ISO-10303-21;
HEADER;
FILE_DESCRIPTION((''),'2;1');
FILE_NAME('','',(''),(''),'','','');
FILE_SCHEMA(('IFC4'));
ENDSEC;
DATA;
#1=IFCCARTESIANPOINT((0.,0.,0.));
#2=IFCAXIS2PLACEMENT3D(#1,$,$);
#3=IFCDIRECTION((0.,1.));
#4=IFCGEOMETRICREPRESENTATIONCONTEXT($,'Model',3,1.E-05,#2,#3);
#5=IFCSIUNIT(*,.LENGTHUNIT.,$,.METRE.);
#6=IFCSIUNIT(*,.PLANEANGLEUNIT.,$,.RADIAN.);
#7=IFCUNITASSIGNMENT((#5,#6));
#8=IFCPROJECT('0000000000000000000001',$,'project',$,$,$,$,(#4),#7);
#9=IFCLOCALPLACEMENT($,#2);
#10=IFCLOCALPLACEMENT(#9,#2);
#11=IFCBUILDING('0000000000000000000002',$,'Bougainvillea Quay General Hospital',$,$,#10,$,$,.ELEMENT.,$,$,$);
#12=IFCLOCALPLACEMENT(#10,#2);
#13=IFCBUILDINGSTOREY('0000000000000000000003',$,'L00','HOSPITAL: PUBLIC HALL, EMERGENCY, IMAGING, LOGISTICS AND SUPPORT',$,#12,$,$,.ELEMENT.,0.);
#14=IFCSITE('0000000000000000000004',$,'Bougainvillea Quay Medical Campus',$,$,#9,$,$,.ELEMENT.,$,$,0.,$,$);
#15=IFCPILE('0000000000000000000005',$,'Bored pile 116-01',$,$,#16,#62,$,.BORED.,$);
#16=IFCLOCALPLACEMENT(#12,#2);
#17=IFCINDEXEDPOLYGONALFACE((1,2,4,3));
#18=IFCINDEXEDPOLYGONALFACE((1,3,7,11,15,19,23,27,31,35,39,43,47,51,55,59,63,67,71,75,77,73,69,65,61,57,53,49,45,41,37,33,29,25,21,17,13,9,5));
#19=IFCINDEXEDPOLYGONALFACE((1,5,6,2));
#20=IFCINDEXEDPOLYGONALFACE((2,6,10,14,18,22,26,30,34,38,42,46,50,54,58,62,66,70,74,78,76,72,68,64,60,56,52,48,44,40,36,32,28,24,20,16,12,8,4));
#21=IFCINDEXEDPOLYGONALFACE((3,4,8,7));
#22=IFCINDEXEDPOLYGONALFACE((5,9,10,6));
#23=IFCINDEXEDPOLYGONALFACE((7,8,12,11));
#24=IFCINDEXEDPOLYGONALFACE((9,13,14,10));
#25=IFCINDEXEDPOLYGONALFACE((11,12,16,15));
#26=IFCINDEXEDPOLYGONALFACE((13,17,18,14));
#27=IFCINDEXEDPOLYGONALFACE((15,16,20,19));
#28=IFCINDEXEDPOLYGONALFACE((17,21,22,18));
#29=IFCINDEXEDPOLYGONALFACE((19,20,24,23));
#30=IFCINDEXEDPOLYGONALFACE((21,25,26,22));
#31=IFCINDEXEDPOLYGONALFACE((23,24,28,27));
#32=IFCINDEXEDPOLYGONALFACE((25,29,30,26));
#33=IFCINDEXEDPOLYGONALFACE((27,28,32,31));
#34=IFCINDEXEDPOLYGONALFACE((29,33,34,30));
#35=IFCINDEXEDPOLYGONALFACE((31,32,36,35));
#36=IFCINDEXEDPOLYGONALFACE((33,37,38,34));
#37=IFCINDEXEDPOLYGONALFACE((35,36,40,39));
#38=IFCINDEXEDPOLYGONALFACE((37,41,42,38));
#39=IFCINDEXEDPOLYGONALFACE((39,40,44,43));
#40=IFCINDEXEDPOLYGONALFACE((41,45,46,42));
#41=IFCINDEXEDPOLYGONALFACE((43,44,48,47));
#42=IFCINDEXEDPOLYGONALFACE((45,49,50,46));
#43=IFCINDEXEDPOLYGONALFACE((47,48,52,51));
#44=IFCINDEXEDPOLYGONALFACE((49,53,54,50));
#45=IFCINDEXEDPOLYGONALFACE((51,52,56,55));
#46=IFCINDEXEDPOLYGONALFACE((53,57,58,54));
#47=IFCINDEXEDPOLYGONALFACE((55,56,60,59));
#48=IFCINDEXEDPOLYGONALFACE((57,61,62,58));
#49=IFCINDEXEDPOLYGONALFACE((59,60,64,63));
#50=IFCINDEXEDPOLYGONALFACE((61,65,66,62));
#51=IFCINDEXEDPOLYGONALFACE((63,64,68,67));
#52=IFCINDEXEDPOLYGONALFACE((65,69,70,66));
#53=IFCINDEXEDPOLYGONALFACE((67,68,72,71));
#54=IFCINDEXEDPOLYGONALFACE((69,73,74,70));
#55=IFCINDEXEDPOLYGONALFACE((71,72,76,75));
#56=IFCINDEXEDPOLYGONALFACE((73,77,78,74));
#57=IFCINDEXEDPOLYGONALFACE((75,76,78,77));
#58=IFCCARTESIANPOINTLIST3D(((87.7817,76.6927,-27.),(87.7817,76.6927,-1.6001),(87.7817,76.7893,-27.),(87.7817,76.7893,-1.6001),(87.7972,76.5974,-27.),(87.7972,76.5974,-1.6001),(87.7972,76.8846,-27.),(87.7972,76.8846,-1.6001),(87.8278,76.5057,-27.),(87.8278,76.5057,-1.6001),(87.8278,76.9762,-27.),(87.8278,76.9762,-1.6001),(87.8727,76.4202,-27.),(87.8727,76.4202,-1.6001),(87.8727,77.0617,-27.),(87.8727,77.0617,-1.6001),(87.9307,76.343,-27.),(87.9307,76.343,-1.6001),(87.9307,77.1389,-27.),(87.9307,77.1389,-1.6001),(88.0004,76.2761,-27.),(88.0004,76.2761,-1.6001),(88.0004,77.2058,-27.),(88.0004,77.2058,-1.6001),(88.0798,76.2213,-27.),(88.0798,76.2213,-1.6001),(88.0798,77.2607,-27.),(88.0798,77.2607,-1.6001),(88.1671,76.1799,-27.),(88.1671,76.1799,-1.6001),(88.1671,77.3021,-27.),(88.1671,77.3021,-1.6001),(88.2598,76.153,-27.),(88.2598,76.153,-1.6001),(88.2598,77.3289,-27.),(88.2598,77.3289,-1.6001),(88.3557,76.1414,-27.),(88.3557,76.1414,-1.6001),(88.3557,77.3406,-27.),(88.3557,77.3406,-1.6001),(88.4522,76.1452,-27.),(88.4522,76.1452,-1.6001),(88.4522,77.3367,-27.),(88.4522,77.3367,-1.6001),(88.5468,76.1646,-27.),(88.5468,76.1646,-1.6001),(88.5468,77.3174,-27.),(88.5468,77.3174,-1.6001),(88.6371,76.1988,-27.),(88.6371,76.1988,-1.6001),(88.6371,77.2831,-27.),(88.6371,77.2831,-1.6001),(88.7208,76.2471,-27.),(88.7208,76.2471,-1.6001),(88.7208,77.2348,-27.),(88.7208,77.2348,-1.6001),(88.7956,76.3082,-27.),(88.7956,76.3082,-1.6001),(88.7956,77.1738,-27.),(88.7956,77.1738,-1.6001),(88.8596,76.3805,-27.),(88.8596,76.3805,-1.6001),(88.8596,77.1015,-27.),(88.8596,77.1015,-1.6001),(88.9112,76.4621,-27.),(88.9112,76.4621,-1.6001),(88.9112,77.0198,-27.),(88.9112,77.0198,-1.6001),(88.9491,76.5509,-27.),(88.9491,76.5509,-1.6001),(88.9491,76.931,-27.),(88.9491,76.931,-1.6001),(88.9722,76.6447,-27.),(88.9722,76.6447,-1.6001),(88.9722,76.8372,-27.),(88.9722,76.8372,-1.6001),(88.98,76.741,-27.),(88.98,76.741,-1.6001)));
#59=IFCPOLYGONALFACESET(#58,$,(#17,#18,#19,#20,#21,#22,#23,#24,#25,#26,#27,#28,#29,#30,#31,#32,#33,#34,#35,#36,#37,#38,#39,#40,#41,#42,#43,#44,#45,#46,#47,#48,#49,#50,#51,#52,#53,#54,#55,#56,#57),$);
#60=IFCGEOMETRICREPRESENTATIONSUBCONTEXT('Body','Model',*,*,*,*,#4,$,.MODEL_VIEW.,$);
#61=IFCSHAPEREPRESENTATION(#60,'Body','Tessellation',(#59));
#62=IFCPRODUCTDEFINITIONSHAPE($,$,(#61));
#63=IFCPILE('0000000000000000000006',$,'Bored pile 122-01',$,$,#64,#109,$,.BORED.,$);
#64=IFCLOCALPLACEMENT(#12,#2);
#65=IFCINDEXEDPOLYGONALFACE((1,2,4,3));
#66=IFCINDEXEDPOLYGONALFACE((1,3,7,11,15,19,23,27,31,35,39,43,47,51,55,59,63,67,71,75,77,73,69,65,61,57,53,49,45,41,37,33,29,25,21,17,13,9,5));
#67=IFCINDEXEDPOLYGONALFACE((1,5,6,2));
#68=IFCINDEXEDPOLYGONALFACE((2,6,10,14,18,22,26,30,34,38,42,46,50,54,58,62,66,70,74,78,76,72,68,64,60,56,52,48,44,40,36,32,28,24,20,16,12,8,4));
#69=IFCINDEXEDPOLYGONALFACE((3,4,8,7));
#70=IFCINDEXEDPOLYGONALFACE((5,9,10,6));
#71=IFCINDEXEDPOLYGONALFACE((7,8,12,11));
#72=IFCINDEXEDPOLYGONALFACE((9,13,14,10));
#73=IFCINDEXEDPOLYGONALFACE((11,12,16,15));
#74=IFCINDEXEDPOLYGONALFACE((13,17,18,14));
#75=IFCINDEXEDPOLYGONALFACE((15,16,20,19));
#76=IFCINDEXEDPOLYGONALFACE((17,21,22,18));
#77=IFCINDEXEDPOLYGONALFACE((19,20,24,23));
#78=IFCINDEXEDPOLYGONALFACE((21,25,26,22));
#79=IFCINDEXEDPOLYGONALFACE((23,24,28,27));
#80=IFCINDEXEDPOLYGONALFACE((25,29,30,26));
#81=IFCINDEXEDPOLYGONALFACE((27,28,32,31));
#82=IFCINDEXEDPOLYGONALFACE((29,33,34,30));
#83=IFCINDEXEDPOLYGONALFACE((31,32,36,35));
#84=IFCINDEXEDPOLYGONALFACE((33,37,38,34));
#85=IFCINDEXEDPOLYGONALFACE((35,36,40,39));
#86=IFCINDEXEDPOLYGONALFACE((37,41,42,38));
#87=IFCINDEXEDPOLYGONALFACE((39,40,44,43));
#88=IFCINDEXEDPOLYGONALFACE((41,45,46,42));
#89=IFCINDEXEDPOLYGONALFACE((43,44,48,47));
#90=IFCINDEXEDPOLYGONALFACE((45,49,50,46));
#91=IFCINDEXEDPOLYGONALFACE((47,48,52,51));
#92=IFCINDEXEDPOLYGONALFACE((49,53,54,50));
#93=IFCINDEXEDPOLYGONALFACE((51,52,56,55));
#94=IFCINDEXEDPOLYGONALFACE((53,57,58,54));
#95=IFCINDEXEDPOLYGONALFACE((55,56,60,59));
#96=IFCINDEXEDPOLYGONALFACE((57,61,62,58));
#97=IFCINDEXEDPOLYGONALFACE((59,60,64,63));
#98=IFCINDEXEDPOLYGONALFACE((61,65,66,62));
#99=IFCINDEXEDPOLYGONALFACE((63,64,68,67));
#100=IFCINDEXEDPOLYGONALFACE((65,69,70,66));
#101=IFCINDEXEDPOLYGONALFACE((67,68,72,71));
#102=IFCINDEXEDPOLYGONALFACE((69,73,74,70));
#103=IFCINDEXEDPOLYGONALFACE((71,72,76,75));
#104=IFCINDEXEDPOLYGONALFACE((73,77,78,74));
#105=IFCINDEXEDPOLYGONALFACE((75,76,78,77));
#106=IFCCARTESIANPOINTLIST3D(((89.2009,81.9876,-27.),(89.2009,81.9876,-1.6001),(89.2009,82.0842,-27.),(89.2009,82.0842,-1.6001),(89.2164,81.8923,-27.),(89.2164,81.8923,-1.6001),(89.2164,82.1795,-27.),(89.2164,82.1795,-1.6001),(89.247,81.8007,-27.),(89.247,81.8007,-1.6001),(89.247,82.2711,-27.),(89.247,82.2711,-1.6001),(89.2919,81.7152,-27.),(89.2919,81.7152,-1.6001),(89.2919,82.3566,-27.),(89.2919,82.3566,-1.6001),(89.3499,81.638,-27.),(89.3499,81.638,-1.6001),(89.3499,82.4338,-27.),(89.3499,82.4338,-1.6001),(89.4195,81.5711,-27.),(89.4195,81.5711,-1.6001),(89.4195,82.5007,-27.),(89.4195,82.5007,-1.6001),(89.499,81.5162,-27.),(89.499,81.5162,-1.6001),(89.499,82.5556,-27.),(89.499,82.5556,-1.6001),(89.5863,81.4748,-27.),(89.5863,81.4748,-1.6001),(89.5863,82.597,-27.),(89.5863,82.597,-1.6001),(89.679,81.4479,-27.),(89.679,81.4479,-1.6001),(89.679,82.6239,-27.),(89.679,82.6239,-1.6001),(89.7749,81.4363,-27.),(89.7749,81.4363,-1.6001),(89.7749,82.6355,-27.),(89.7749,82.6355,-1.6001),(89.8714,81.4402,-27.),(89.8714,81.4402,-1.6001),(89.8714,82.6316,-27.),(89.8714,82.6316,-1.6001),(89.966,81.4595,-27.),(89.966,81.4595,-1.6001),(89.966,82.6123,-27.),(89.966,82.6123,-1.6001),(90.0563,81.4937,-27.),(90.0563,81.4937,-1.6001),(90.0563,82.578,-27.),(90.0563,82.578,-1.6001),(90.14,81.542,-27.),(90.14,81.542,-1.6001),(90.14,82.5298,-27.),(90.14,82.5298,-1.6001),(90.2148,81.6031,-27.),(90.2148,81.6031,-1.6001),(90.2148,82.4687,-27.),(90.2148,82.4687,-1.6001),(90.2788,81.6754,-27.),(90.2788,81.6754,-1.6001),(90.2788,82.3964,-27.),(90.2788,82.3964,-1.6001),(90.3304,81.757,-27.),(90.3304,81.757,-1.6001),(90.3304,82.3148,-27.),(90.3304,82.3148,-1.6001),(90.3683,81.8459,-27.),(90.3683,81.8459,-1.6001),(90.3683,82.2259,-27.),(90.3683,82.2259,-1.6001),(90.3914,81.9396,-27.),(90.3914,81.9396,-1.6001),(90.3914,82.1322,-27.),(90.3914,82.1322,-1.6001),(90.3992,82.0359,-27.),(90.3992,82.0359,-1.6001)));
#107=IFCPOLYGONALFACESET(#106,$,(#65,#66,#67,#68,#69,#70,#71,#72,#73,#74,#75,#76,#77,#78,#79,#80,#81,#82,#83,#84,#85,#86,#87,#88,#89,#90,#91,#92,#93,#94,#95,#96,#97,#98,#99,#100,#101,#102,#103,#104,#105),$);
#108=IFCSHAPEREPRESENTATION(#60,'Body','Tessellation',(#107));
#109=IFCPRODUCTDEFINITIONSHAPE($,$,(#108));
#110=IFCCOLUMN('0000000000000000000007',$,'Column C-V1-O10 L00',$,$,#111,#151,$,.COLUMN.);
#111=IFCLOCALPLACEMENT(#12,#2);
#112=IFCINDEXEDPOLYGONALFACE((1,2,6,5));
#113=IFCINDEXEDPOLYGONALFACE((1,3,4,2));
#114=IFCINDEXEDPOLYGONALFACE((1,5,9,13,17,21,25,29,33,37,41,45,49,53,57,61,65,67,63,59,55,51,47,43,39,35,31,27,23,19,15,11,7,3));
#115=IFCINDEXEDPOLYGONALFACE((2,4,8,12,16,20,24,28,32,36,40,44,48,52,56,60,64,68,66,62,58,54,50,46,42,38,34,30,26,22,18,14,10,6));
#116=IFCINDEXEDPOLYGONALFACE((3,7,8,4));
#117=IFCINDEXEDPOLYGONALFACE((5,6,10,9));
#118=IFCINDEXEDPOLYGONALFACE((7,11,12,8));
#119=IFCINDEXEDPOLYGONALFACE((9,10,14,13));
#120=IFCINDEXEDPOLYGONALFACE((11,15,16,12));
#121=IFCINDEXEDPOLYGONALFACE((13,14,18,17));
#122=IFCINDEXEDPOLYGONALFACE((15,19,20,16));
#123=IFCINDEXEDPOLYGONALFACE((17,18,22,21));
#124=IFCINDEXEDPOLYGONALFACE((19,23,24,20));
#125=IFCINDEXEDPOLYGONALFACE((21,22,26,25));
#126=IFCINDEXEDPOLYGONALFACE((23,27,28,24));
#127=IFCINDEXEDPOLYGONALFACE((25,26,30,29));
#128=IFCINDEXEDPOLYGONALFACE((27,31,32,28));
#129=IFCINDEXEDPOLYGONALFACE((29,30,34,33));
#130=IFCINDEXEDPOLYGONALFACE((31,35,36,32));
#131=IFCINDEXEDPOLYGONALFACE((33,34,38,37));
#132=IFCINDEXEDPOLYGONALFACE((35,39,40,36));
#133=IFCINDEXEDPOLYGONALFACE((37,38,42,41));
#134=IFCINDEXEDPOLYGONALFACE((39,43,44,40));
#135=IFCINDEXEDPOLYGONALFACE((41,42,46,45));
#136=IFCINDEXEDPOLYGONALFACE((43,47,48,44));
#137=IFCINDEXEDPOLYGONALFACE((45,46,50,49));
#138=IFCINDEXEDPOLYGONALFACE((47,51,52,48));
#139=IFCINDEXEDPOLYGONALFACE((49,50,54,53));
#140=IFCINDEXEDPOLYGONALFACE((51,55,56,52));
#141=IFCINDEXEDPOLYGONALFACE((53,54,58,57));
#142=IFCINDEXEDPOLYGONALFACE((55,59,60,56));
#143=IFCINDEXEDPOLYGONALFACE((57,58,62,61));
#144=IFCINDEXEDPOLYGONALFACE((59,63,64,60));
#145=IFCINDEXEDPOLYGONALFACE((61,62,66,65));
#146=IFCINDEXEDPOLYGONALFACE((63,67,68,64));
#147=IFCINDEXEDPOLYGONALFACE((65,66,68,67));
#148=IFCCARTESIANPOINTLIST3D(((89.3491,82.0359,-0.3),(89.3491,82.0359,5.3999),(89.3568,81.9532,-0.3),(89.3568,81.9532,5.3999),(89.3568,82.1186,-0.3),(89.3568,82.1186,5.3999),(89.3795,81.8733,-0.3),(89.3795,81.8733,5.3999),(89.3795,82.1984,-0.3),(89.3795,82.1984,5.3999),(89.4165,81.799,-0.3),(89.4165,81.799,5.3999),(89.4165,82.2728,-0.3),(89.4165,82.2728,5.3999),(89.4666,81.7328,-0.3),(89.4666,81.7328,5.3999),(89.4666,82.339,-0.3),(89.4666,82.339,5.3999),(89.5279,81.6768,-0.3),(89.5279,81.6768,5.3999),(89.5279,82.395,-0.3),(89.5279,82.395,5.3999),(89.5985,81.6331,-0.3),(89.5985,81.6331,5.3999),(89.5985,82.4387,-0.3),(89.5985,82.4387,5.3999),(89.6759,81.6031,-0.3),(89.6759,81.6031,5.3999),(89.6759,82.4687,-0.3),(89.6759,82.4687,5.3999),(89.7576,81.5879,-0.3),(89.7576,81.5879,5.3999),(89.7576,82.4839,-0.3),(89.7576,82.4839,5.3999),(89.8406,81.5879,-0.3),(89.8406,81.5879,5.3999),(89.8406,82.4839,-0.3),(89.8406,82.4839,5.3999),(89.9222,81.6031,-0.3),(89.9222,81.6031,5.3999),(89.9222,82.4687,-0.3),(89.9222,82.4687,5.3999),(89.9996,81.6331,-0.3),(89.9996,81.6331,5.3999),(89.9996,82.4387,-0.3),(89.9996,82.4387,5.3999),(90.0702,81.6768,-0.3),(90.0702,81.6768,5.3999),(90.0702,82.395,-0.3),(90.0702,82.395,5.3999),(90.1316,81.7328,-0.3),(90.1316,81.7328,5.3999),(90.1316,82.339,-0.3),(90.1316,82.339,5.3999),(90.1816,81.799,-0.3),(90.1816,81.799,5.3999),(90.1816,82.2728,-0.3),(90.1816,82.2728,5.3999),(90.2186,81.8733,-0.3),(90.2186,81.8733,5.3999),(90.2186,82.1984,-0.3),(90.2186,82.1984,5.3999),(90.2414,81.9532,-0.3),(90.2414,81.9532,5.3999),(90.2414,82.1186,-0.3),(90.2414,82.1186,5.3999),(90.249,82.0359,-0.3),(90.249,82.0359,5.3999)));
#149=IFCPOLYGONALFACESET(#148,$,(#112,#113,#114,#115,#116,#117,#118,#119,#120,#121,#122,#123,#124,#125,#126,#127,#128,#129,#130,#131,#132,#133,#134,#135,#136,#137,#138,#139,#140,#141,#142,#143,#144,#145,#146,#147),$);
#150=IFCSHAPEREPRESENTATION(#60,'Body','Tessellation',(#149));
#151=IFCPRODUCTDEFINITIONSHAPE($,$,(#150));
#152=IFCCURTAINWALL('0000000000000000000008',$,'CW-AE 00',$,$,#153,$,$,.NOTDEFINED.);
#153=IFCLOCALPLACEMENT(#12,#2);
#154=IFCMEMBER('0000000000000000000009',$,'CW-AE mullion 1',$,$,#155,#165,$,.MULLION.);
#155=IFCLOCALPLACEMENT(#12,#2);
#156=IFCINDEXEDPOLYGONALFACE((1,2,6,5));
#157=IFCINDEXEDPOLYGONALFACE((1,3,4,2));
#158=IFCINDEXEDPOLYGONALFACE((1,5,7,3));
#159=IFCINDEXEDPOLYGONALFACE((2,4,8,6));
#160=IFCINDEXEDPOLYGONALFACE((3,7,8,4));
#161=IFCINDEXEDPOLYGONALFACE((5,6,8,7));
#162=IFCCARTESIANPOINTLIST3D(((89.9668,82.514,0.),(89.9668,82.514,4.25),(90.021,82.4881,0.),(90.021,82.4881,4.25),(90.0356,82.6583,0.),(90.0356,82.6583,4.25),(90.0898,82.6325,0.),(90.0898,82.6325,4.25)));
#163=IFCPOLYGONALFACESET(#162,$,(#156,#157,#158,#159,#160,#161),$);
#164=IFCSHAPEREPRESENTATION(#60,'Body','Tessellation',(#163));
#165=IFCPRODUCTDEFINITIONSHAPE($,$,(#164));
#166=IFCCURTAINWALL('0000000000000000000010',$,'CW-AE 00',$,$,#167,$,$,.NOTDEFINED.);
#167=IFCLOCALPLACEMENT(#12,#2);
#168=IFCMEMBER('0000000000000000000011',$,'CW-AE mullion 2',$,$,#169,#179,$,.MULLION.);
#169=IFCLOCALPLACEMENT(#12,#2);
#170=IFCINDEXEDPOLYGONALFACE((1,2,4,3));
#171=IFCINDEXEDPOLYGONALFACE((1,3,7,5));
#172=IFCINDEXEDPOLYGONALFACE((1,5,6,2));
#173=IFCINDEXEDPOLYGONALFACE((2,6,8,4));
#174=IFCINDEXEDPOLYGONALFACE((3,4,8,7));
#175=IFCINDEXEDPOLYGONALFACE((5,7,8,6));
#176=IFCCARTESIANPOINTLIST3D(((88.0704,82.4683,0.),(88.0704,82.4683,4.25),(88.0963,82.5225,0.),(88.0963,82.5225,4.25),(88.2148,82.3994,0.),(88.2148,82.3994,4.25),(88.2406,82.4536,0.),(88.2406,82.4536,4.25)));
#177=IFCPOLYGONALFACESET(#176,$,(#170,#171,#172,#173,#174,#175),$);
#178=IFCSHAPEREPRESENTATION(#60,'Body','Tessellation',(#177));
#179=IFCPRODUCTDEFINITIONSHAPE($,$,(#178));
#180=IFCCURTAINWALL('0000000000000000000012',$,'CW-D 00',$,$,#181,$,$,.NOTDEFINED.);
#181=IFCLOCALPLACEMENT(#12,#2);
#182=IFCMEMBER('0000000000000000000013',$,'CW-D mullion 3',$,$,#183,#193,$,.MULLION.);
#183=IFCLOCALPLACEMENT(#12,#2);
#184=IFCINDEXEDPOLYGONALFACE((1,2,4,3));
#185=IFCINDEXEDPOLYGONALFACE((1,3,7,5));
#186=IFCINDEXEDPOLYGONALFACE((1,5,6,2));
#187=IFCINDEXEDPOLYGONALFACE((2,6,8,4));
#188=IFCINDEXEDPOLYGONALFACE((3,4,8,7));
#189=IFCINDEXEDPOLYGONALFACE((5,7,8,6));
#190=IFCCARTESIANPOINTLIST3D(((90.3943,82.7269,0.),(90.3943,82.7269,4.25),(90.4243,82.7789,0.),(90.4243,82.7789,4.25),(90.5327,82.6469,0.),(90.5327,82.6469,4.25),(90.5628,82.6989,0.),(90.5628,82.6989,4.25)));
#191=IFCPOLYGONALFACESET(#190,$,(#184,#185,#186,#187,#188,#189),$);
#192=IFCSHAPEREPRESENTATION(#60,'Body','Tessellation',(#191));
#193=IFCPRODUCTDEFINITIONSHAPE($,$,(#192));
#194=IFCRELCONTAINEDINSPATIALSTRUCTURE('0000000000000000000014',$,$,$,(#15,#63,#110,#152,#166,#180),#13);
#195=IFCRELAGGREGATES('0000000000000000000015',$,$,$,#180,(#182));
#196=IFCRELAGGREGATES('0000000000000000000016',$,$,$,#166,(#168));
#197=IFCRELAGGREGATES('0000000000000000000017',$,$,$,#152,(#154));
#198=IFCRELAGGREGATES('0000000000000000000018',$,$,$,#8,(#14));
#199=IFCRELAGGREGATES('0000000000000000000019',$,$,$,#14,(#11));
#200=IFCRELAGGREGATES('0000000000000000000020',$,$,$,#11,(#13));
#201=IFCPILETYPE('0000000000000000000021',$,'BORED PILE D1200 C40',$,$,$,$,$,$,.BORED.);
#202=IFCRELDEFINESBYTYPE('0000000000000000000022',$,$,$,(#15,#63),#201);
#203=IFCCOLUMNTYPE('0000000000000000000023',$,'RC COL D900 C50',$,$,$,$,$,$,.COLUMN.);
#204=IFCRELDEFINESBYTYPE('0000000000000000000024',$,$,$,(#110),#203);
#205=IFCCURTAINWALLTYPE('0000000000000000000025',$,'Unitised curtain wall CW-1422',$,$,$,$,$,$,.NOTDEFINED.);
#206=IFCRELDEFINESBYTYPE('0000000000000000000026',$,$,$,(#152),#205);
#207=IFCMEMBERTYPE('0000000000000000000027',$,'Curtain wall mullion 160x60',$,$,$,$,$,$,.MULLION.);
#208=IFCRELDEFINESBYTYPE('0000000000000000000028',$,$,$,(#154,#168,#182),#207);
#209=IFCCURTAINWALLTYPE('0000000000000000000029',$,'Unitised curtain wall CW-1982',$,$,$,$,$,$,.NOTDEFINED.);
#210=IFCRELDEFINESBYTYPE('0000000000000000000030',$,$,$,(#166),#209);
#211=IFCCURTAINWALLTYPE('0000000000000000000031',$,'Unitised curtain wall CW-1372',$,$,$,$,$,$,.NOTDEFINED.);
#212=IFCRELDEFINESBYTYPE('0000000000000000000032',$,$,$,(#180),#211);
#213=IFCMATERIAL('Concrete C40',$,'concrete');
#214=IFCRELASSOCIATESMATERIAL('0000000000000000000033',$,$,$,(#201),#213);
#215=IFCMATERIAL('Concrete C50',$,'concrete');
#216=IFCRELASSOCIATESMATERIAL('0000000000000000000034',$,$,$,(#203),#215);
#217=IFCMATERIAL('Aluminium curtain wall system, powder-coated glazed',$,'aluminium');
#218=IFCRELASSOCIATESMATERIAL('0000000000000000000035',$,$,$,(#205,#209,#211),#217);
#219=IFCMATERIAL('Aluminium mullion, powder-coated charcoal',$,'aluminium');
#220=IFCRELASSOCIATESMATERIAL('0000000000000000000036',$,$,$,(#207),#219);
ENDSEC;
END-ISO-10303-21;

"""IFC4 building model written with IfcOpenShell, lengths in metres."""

from ifc_helpers import new_model, si_unit, direction, frame, origin, origin_2d, place, context, subcontext, project, spatial, rectangle, circle, extrude, material, material_profile, profile_set, type_object, element, aggregate, save


model = new_model("IFC4")

# Units and contexts
model_context = context("Model", 3, precision=1e-05, world=origin(), true_north=direction((0.0, 1.0)))
body_context = subcontext(model_context, "Body", "Model", "MODEL_VIEW")
ifc_project = project(units=[si_unit("LENGTHUNIT", "METRE"), si_unit("PLANEANGLEUNIT", "RADIAN")], contexts=[model_context])

# Site, building, storey
site_placement = place(None, origin())
site = spatial("IfcSite", under=ifc_project, at=site_placement, Name="Bougainvillea Quay Medical Campus", CompositionType="ELEMENT", RefElevation=0.0)
building_placement = place(site_placement, origin())
building = spatial("IfcBuilding", under=site, at=building_placement, Name="Bougainvillea Quay General Hospital", CompositionType="ELEMENT")
storey_placement = place(building_placement, origin())
storey = spatial("IfcBuildingStorey", under=building, at=storey_placement, Name="L00", Description="HOSPITAL: PUBLIC HALL, EMERGENCY, IMAGING, LOGISTICS AND SUPPORT", CompositionType="ELEMENT", Elevation=0.0)

# Piles
ifc_material_1 = material(Name="Concrete C40", Category="concrete")
ifc_material_profile_1 = material_profile(ifc_material_1, circle(Radius=0.6001, at=origin_2d()))
ifc_profile_set_1 = profile_set([ifc_material_profile_1], Name="Concrete C40")
pile_type = type_object("IfcPileType", Name="BORED PILE D1200 C40", PredefinedType="BORED", material=ifc_profile_set_1)
for number, where, z_axis, x_axis, name in (
    (1, (88.3799, 76.741, -1.6001), (0.0, 0.0, -1.0), (1.0, 0.0, 0.0), "Bored pile 116-01"),
    (2, (89.7991, 82.0359, -1.6001), (0.0, 0.0, -1.0), (1.0, 0.0, 0.0), "Bored pile 122-01"),
):
    element("IfcPile", number, at=place(storey_placement, frame(where, z_axis=z_axis, x_axis=x_axis)), inside=storey, type_object=pile_type, Name=name, PredefinedType="BORED", context=body_context, shape_type="SweptSolid", body=[
        extrude(circle(Radius=0.6001, at=origin_2d()), origin(), (0.0, 0.0, 1.0), 25.3999),
    ])

# Column
ifc_material_2 = material(Name="Concrete C50", Category="concrete")
ifc_material_profile_2 = material_profile(ifc_material_2, circle(Radius=0.45, at=origin_2d()))
ifc_profile_set_2 = profile_set([ifc_material_profile_2], Name="Concrete C50")
column_type = type_object("IfcColumnType", Name="RC COL D900 C50", PredefinedType="COLUMN", material=ifc_profile_set_2)
column_placement = place(storey_placement, frame((89.7991, 82.0359, -0.3), z_axis=(0.0, 0.0, 1.0), x_axis=(1.0, 0.0, 0.0)))
element("IfcColumn", 3, at=column_placement, inside=storey, type_object=column_type, Name="Column C-V1-O10 L00", PredefinedType="COLUMN", context=body_context, shape_type="SweptSolid", body=[
    extrude(circle(Radius=0.45, at=origin_2d()), origin(), (0.0, 0.0, 1.0), 5.7),
])

# Curtain walls, members
ifc_material_3 = material(Name="Aluminium curtain wall system, powder-coated glazed", Category="aluminium")
curtain_wall_type_1 = type_object("IfcCurtainWallType", Name="Unitised curtain wall CW-1422", PredefinedType="NOTDEFINED", material=ifc_material_3)
curtain_wall_1_placement = place(storey_placement, origin())
curtain_wall_1 = element("IfcCurtainWall", 4, at=curtain_wall_1_placement, inside=storey, type_object=curtain_wall_type_1, Name="CW-AE 00", PredefinedType="NOTDEFINED")
ifc_material_4 = material(Name="Aluminium mullion, powder-coated charcoal", Category="aluminium")
ifc_material_profile_3 = material_profile(ifc_material_4, rectangle(XDim=0.1599, YDim=0.0601, at=origin_2d()))
ifc_profile_set_3 = profile_set([ifc_material_profile_3], Name="Aluminium mullion, powder-coated charcoal")
member_type_1 = type_object("IfcMemberType", Name="Curtain wall mullion 160x60", PredefinedType="MULLION", material=ifc_profile_set_3)
member_1_placement = place(storey_placement, frame((90.0283, 82.5732, 0.0), z_axis=(0.0, 0.0, 1.0), x_axis=(-0.430534, -0.902574, 0.0)))
member_1 = element("IfcMember", 5, at=member_1_placement, type_object=member_type_1, Name="CW-AE mullion 1", PredefinedType="MULLION", context=body_context, shape_type="SweptSolid", body=[
    extrude(rectangle(XDim=0.1599, YDim=0.0601, at=origin_2d()), origin(), (0.0, 0.0, 1.0), 4.25),
])
curtain_wall_type_2 = type_object("IfcCurtainWallType", Name="Unitised curtain wall CW-1982", PredefinedType="NOTDEFINED", material=ifc_material_3)
curtain_wall_2_placement = place(storey_placement, origin())
curtain_wall_2 = element("IfcCurtainWall", 6, at=curtain_wall_2_placement, inside=storey, type_object=curtain_wall_type_2, Name="CW-AE 00", PredefinedType="NOTDEFINED")
member_2_placement = place(storey_placement, frame((88.1555, 82.4609, 0.0), z_axis=(0.0, 0.0, 1.0), x_axis=(-0.902561, 0.430563, 0.0)))
member_2 = element("IfcMember", 7, at=member_2_placement, type_object=member_type_1, Name="CW-AE mullion 2", PredefinedType="MULLION", context=body_context, shape_type="SweptSolid", body=[
    extrude(rectangle(XDim=0.1599, YDim=0.0601, at=origin_2d()), origin(), (0.0, 0.0, 1.0), 4.25),
])
curtain_wall_type_3 = type_object("IfcCurtainWallType", Name="Unitised curtain wall CW-1372", PredefinedType="NOTDEFINED", material=ifc_material_3)
curtain_wall_3_placement = place(storey_placement, origin())
curtain_wall_3 = element("IfcCurtainWall", 8, at=curtain_wall_3_placement, inside=storey, type_object=curtain_wall_type_3, Name="CW-D 00", PredefinedType="NOTDEFINED")
member_3_placement = place(storey_placement, frame((90.4785, 82.7129, 0.0), z_axis=(0.0, 0.0, 1.0), x_axis=(0.866048, -0.499962, 0.0)))
member_3 = element("IfcMember", 9, at=member_3_placement, type_object=member_type_1, Name="CW-D mullion 3", PredefinedType="MULLION", context=body_context, shape_type="SweptSolid", body=[
    extrude(rectangle(XDim=0.1599, YDim=0.0601, at=origin_2d()), origin(), (0.0, 0.0, 1.0), 4.25),
])
aggregate(curtain_wall_3, [member_3])

aggregate(curtain_wall_2, [member_2])

aggregate(curtain_wall_1, [member_1])

save(model, "model.ifc")
